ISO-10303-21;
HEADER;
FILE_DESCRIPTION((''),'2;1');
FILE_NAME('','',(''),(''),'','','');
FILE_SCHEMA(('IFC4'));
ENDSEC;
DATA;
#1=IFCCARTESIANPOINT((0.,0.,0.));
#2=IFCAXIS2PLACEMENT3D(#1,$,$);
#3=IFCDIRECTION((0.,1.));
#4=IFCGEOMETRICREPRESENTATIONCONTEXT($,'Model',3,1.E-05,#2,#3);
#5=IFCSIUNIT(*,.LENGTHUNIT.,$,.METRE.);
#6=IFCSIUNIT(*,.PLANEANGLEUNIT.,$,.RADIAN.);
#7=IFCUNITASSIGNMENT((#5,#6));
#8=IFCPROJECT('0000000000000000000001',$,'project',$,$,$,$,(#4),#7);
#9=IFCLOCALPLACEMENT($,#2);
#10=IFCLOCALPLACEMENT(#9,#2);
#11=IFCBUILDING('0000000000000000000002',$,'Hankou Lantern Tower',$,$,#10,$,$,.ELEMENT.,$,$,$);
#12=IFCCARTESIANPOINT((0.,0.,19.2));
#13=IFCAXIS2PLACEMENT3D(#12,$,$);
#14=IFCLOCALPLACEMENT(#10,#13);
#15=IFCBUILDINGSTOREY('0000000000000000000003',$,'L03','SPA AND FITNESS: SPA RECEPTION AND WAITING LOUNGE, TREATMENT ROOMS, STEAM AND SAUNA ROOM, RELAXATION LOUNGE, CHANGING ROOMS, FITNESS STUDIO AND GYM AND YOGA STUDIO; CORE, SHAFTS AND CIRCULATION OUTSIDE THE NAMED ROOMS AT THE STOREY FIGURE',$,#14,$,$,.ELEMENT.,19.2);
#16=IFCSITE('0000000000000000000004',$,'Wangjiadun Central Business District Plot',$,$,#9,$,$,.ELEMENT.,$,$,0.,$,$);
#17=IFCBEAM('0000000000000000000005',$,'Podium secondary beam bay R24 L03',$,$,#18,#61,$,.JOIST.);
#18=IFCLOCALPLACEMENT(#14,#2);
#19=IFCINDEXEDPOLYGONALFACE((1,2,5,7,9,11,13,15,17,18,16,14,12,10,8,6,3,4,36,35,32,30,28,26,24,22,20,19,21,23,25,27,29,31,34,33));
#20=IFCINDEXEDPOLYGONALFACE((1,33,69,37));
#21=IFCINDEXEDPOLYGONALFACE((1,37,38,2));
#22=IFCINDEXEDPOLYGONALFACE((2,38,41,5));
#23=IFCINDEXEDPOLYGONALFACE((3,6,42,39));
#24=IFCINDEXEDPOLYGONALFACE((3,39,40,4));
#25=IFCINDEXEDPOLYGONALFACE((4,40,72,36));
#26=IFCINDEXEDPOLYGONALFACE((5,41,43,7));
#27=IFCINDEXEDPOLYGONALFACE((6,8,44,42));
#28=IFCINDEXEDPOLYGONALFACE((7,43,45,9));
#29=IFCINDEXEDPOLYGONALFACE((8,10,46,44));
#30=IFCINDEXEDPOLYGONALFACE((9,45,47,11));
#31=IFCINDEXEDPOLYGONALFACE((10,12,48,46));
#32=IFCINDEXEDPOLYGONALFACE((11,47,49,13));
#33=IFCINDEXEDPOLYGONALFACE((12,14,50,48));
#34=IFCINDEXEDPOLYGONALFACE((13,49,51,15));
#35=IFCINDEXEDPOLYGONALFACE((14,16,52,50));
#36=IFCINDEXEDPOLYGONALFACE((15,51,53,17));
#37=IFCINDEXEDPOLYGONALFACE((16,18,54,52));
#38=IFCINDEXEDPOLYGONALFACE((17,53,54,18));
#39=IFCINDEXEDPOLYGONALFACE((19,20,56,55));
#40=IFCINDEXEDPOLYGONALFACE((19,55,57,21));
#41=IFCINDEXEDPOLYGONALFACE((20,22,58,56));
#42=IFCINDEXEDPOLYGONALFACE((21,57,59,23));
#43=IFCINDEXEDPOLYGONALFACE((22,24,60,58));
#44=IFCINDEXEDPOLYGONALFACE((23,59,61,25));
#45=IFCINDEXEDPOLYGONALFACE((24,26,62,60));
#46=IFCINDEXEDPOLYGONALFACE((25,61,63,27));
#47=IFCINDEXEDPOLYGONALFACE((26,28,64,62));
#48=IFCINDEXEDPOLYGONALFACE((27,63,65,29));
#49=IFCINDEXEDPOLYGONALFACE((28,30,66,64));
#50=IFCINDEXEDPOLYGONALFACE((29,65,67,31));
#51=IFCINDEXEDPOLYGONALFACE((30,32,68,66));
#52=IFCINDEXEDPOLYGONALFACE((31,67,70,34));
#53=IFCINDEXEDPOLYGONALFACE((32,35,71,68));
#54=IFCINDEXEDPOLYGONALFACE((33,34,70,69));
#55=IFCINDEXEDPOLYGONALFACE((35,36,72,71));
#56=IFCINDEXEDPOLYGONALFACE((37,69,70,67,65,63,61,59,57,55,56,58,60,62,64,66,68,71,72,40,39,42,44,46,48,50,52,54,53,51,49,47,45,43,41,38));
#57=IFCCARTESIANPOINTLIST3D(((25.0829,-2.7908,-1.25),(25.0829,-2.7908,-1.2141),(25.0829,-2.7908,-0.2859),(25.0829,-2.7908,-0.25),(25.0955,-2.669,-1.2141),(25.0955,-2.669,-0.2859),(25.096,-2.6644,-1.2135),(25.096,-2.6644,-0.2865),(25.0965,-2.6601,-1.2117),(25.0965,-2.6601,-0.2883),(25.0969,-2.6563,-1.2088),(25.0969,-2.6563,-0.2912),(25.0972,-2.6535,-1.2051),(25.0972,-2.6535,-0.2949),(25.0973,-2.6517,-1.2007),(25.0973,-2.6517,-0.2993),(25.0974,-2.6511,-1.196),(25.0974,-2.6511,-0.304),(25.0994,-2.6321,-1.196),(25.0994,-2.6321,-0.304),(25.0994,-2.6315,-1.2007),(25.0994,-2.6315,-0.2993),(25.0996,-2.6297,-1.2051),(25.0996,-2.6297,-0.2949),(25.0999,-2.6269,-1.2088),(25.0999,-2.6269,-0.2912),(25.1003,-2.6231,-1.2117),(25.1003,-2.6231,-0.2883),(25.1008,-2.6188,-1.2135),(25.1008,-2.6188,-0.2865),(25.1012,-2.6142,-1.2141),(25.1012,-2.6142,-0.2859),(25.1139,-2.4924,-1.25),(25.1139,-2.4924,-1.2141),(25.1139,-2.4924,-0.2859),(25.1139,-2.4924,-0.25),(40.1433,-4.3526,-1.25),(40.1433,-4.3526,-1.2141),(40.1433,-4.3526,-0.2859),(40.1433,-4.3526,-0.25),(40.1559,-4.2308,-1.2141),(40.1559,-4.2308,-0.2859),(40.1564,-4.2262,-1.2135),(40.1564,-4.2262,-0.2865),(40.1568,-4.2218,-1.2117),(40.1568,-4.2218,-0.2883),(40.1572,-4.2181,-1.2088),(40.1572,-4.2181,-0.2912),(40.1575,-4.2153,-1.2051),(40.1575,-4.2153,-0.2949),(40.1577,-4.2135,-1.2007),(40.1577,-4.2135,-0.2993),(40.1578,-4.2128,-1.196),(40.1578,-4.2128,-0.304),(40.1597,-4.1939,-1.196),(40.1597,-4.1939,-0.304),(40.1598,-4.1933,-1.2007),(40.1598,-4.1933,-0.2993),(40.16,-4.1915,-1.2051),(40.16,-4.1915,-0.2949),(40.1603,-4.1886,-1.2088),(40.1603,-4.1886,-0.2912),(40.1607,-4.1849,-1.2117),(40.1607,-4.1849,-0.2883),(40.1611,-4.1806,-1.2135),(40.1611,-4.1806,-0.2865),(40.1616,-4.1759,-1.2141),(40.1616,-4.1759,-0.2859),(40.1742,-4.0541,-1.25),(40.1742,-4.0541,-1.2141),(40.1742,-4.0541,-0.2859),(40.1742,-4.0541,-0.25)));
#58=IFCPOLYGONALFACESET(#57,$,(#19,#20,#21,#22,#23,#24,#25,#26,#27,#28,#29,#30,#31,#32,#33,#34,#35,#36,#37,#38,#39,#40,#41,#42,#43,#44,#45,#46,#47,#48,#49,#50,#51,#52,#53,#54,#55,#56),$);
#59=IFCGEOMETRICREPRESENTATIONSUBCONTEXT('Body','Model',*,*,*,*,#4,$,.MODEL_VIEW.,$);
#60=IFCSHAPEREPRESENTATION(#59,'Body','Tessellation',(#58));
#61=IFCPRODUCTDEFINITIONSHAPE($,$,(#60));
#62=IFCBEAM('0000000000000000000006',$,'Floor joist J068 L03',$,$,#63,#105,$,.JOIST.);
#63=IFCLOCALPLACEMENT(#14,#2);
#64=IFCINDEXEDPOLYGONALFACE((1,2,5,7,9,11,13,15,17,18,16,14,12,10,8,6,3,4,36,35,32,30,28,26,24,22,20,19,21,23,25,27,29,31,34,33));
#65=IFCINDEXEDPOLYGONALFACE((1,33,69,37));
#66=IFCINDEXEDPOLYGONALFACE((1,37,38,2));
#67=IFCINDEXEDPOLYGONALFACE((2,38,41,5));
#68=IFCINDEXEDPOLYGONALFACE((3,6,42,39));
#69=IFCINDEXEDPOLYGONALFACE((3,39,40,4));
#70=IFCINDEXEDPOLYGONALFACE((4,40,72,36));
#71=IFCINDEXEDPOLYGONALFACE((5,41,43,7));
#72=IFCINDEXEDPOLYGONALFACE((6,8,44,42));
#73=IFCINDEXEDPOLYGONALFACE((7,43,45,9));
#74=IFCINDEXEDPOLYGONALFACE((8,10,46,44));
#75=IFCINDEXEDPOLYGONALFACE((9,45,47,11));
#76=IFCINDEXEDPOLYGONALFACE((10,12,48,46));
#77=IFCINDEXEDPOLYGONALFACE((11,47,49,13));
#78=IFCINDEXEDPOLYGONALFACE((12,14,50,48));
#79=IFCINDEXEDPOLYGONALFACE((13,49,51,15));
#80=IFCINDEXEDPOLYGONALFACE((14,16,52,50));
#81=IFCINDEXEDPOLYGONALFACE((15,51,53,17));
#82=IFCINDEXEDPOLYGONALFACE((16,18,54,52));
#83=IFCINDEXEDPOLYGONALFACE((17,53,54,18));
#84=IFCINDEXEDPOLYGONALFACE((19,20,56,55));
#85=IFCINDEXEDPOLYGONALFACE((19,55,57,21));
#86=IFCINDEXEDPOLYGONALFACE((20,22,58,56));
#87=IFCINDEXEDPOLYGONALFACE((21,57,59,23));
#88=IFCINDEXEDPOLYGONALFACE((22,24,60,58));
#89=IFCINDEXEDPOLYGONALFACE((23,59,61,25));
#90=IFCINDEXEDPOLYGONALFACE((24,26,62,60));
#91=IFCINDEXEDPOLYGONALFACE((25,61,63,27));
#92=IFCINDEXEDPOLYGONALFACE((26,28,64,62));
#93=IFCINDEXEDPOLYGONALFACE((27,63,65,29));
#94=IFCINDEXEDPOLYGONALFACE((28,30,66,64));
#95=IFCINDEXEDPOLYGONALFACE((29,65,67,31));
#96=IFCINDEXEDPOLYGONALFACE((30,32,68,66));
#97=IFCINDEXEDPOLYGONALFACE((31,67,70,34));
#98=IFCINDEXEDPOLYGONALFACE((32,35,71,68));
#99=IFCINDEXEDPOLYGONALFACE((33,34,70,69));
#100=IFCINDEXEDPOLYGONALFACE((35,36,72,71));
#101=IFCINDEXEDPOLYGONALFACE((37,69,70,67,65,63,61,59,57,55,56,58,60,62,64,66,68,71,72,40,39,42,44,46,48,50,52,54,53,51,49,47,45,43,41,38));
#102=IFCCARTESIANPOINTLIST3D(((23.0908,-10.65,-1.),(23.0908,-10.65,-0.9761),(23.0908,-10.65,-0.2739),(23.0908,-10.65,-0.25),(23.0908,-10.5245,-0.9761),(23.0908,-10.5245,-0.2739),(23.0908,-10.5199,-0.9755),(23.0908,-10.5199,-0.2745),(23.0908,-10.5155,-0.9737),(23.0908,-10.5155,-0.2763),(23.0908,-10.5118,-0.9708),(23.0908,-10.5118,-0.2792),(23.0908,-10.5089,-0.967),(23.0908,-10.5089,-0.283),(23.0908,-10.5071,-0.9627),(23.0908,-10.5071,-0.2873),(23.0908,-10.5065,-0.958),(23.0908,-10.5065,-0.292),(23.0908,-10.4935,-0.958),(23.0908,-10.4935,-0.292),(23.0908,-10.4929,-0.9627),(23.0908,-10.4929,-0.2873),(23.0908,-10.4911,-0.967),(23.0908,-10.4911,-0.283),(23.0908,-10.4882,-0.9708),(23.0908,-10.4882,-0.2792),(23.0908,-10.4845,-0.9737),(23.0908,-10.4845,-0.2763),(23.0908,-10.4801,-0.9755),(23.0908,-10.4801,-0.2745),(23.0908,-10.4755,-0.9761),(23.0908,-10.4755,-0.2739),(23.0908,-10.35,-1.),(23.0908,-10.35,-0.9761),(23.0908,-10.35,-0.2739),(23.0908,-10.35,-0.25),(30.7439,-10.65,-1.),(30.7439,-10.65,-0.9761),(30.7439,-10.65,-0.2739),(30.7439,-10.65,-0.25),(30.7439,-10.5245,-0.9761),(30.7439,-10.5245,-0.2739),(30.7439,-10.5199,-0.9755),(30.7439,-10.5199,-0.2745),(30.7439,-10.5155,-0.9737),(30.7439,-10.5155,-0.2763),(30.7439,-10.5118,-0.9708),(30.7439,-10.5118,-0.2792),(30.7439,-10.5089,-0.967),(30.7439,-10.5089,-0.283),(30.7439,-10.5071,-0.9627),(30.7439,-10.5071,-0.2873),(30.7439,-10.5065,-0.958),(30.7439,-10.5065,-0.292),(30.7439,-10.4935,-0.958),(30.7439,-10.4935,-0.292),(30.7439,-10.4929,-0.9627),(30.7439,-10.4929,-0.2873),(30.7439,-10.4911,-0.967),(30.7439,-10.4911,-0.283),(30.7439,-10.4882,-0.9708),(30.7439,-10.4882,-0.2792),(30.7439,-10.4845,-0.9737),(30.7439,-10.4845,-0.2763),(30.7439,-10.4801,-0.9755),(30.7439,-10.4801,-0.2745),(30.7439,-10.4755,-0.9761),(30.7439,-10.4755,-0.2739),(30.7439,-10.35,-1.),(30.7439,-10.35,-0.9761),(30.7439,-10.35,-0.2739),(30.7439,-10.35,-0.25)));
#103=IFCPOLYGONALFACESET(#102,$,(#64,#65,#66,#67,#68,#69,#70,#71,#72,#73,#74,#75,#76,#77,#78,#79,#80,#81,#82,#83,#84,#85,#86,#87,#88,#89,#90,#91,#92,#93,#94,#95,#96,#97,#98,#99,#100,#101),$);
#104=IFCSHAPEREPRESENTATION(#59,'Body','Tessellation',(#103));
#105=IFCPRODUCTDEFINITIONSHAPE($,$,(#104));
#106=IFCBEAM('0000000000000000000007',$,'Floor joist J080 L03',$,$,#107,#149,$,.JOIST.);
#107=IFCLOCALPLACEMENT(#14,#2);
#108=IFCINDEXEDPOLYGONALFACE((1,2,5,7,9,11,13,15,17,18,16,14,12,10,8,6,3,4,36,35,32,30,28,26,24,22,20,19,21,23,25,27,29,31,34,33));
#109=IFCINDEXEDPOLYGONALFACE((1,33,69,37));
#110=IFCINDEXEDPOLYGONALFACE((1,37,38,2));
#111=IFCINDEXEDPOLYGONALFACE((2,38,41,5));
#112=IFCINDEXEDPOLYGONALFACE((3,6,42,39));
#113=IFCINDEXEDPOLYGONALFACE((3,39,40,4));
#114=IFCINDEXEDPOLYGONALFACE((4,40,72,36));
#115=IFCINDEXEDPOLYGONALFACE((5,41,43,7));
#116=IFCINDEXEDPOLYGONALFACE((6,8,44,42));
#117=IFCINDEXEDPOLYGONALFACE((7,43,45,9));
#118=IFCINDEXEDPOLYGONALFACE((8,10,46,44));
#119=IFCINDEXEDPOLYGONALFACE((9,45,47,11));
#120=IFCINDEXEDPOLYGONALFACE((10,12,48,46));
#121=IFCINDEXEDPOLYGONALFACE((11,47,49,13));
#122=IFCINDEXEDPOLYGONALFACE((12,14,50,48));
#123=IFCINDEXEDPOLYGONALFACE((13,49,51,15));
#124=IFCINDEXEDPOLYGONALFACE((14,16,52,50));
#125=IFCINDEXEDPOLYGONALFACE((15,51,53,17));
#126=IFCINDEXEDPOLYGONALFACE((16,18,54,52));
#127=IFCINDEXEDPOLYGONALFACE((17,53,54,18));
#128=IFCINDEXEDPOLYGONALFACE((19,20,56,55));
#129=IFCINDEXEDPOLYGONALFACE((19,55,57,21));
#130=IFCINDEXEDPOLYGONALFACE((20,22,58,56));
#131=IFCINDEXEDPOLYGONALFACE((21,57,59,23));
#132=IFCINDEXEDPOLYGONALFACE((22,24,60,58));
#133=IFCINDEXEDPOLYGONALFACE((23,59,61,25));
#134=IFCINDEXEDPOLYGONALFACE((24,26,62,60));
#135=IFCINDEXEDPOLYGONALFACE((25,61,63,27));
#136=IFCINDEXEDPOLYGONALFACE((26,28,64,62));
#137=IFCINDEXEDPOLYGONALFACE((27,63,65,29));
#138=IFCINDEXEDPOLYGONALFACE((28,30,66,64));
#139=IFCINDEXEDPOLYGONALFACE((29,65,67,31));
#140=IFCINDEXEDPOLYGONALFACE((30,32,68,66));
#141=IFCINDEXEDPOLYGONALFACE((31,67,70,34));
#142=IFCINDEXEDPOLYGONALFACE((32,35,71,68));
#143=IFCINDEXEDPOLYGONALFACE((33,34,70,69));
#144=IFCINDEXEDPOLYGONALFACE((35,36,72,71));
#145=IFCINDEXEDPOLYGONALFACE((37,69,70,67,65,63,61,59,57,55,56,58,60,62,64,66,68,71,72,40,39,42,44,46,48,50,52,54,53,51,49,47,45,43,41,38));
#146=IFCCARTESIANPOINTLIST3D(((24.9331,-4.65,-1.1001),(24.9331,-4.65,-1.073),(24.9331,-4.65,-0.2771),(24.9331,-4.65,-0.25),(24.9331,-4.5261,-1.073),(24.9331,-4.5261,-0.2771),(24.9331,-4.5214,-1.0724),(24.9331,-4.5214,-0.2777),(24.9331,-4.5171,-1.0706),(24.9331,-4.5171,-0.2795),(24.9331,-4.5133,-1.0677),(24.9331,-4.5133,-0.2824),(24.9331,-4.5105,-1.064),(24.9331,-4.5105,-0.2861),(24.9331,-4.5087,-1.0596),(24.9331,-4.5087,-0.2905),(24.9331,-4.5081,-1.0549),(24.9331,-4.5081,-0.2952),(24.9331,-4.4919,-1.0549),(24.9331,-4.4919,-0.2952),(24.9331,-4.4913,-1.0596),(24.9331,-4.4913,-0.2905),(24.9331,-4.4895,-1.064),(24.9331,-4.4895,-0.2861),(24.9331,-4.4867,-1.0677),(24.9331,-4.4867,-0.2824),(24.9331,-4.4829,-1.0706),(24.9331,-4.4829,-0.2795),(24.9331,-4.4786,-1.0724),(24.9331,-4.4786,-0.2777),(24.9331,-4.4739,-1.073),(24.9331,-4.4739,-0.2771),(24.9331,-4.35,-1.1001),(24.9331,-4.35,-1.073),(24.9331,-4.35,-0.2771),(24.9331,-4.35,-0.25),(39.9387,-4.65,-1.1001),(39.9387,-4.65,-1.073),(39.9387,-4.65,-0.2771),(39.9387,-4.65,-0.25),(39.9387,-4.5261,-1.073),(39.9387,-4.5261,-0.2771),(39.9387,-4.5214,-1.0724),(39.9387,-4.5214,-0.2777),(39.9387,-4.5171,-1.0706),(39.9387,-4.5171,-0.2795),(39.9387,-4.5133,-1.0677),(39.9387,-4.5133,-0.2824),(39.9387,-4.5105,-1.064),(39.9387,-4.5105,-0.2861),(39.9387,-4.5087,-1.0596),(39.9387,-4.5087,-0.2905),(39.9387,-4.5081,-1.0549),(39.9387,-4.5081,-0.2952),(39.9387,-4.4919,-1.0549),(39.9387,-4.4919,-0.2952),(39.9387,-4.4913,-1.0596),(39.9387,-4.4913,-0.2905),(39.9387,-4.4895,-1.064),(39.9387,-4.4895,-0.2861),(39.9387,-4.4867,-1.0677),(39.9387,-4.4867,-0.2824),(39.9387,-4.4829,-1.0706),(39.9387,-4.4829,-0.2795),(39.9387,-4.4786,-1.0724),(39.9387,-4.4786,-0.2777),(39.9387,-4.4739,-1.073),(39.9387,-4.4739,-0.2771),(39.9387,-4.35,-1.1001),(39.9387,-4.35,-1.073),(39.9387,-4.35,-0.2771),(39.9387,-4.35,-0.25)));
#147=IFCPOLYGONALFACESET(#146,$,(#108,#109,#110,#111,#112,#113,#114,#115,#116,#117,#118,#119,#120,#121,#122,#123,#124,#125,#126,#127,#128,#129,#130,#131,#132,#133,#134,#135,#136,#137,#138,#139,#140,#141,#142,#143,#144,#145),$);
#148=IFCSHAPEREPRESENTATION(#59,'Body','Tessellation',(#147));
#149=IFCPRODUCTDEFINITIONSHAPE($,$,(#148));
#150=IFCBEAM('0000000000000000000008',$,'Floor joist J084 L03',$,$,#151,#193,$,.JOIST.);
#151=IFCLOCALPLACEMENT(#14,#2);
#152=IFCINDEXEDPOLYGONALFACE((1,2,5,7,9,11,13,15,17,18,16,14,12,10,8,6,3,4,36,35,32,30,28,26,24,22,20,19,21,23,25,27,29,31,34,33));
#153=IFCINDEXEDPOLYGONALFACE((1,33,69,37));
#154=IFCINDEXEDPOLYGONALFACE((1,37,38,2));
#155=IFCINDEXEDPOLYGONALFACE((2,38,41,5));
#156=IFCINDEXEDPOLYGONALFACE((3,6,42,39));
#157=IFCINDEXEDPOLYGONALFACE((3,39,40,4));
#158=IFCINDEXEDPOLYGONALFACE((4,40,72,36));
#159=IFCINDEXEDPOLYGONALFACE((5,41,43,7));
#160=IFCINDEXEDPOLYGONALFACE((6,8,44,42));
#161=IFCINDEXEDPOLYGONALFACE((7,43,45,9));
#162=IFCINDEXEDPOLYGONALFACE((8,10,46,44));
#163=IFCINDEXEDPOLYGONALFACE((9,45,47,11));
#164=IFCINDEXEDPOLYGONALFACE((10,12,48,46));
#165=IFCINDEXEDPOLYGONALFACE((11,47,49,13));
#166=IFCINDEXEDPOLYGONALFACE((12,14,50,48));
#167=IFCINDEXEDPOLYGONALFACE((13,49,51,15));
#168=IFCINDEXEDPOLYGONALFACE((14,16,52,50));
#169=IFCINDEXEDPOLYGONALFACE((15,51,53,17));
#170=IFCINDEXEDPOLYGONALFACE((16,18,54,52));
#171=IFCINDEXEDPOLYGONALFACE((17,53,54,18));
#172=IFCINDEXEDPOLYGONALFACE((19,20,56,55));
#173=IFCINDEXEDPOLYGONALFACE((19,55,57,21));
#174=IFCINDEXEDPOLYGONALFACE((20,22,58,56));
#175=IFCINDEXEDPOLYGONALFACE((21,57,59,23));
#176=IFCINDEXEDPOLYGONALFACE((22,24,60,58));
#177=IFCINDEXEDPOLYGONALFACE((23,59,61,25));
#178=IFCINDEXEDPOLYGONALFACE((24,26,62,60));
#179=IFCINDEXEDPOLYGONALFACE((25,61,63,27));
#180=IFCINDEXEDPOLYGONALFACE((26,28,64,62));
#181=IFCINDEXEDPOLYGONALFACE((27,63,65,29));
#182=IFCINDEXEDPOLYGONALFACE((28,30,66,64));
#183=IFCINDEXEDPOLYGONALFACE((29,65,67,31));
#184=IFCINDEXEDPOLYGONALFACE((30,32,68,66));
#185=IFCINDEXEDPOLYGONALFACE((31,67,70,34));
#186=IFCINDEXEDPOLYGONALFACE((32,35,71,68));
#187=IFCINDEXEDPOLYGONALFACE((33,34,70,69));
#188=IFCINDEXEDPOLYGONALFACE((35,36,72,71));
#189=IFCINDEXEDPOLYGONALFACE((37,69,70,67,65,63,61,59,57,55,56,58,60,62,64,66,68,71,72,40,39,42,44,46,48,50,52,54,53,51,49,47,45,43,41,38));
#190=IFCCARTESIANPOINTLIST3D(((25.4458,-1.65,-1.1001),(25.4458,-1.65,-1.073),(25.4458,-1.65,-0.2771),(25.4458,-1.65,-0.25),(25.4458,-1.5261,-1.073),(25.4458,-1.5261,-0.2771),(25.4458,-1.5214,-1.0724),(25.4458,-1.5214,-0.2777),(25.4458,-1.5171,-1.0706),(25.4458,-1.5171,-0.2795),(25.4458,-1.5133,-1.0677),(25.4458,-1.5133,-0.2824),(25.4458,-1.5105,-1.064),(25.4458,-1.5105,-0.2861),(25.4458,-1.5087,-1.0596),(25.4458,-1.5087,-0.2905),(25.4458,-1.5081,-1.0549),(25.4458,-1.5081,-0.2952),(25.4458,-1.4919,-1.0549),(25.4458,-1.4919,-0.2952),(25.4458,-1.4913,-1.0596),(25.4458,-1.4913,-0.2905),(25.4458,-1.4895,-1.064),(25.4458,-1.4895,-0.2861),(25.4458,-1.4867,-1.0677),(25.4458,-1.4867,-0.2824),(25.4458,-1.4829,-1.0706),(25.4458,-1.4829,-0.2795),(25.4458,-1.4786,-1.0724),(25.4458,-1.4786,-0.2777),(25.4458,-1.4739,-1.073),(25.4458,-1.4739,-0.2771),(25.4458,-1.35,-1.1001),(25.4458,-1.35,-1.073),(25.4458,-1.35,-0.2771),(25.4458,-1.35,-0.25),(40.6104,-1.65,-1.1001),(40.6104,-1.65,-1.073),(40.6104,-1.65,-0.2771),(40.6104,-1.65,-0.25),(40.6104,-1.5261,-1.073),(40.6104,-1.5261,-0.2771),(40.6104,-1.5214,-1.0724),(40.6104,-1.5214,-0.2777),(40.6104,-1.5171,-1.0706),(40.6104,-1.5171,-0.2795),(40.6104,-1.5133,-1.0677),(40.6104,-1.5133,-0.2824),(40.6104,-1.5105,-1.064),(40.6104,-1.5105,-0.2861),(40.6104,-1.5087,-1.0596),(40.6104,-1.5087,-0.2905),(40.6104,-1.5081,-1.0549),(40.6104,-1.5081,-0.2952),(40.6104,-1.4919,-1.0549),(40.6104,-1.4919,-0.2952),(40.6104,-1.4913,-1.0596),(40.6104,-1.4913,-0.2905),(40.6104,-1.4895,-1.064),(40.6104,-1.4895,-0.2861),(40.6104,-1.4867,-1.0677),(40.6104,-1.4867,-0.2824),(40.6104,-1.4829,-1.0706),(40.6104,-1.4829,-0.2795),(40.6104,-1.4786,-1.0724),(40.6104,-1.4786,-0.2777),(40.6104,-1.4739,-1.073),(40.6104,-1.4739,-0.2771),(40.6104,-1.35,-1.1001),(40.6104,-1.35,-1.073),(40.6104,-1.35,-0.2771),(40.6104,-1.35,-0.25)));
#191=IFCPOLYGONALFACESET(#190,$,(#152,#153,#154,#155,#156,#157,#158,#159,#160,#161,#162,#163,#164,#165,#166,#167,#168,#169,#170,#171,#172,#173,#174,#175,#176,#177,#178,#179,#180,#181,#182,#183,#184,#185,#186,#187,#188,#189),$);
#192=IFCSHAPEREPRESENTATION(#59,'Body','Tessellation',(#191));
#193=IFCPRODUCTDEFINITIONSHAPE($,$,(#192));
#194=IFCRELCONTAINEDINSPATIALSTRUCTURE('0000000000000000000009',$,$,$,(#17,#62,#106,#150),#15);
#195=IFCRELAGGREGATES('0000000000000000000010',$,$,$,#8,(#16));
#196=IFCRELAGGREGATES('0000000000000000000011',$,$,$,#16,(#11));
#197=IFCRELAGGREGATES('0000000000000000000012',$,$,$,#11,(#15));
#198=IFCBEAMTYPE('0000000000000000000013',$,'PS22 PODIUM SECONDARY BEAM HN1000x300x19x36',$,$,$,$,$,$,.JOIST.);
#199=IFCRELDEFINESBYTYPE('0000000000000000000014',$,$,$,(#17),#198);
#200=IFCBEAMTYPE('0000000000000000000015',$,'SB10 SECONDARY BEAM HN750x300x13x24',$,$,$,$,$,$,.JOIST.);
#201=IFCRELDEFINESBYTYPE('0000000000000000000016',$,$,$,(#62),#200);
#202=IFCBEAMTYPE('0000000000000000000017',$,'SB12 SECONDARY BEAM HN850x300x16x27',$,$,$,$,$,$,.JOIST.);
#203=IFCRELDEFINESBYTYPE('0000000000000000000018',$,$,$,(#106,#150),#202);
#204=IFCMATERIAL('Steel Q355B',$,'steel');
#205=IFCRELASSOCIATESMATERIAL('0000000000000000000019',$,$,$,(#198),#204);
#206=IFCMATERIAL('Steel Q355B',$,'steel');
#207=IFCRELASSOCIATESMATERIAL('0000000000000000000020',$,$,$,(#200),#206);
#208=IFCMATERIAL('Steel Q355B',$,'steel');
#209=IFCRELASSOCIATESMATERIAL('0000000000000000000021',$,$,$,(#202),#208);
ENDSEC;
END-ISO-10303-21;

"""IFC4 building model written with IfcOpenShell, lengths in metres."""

from ifc_helpers import new_model, si_unit, direction, frame, origin, origin_2d, place, context, subcontext, project, spatial, i_section, extrude, material, material_profile, profile_set, type_object, element, save


model = new_model("IFC4")

# Units and contexts
model_context = context("Model", 3, precision=1e-05, world=origin(), true_north=direction((0.0, 1.0)))
body_context = subcontext(model_context, "Body", "Model", "MODEL_VIEW")
ifc_project = project(units=[si_unit("LENGTHUNIT", "METRE"), si_unit("PLANEANGLEUNIT", "RADIAN")], contexts=[model_context])

# Site, building, storey
site_placement = place(None, origin())
site = spatial("IfcSite", under=ifc_project, at=site_placement, Name="Wangjiadun Central Business District Plot", CompositionType="ELEMENT", RefElevation=0.0)
building_placement = place(site_placement, origin())
building = spatial("IfcBuilding", under=site, at=building_placement, Name="Hankou Lantern Tower", CompositionType="ELEMENT")
storey_placement = place(building_placement, frame((0.0, 0.0, 19.2)))
storey = spatial("IfcBuildingStorey", under=building, at=storey_placement, Name="L03", Description="SPA AND FITNESS: SPA RECEPTION AND WAITING LOUNGE, TREATMENT ROOMS, STEAM AND SAUNA ROOM, RELAXATION LOUNGE, CHANGING ROOMS, FITNESS STUDIO AND GYM AND YOGA STUDIO; CORE, SHAFTS AND CIRCULATION OUTSIDE THE NAMED ROOMS AT THE STOREY FIGURE", CompositionType="ELEMENT", Elevation=19.2)

# Beams
ifc_material_1 = material(Name="Steel Q355B", Category="steel")
ifc_material_profile_1 = material_profile(ifc_material_1, i_section(OverallWidth=0.3, OverallDepth=1.0, WebThickness=0.019, FlangeThickness=0.0359, FilletRadius=0.0181, at=origin_2d()), Name="HN1000x300x19x36")
ifc_profile_set_1 = profile_set([ifc_material_profile_1], Name="Steel Q355B")
beam_type_1 = type_object("IfcBeamType", Name="PS22 PODIUM SECONDARY BEAM HN1000x300x19x36", PredefinedType="JOIST", material=ifc_profile_set_1)
beam_1_placement = place(storey_placement, frame((25.0984, -2.6416, -0.75), z_axis=(0.994666, -0.103148, 0.0), x_axis=(0.103148, 0.994666, 0.0)))
element("IfcBeam", 1, at=beam_1_placement, inside=storey, type_object=beam_type_1, Name="Podium secondary beam bay R24 L03", PredefinedType="JOIST", context=body_context, shape_type="SweptSolid", body=[
    extrude(i_section(OverallWidth=0.3, OverallDepth=1.0, WebThickness=0.019, FlangeThickness=0.0359, FilletRadius=0.0181, at=origin_2d()), origin(), (0.0, 0.0, 1.0), 15.1411),
])
ifc_material_2 = material(Name="Steel Q355B", Category="steel")
ifc_material_profile_2 = material_profile(ifc_material_2, i_section(OverallWidth=0.3, OverallDepth=0.75, WebThickness=0.0129, FlangeThickness=0.0239, FilletRadius=0.0181, at=origin_2d()), Name="HN750x300x13x24")
ifc_profile_set_2 = profile_set([ifc_material_profile_2], Name="Steel Q355B")
beam_type_2 = type_object("IfcBeamType", Name="SB10 SECONDARY BEAM HN750x300x13x24", PredefinedType="JOIST", material=ifc_profile_set_2)
beam_2_placement = place(storey_placement, frame((23.0908, -10.5, -0.625), z_axis=(1.0, 0.0, 0.0), x_axis=(0.0, 1.0, 0.0)))
element("IfcBeam", 2, at=beam_2_placement, inside=storey, type_object=beam_type_2, Name="Floor joist J068 L03", PredefinedType="JOIST", context=body_context, shape_type="SweptSolid", body=[
    extrude(i_section(OverallWidth=0.3, OverallDepth=0.75, WebThickness=0.0129, FlangeThickness=0.0239, FilletRadius=0.0181, at=origin_2d()), origin(), (0.0, 0.0, 1.0), 7.6531),
])
ifc_material_3 = material(Name="Steel Q355B", Category="steel")
ifc_material_profile_3 = material_profile(ifc_material_3, i_section(OverallWidth=0.3, OverallDepth=0.8501, WebThickness=0.0161, FlangeThickness=0.0271, FilletRadius=0.0181, at=origin_2d()), Name="HN850x300x16x27")
ifc_profile_set_3 = profile_set([ifc_material_profile_3], Name="Steel Q355B")
beam_type_3 = type_object("IfcBeamType", Name="SB12 SECONDARY BEAM HN850x300x16x27", PredefinedType="JOIST", material=ifc_profile_set_3)
beam_3_placement = place(storey_placement, frame((24.9331, -4.5, -0.675), z_axis=(1.0, 0.0, 0.0), x_axis=(0.0, 1.0, 0.0)))
element("IfcBeam", 3, at=beam_3_placement, inside=storey, type_object=beam_type_3, Name="Floor joist J080 L03", PredefinedType="JOIST", context=body_context, shape_type="SweptSolid", body=[
    extrude(i_section(OverallWidth=0.3, OverallDepth=0.8501, WebThickness=0.0161, FlangeThickness=0.0271, FilletRadius=0.0181, at=origin_2d()), origin(), (0.0, 0.0, 1.0), 15.0056),
])
beam_4_placement = place(storey_placement, frame((25.4458, -1.5, -0.675), z_axis=(1.0, 0.0, 0.0), x_axis=(0.0, 1.0, 0.0)))
element("IfcBeam", 4, at=beam_4_placement, inside=storey, type_object=beam_type_3, Name="Floor joist J084 L03", PredefinedType="JOIST", context=body_context, shape_type="SweptSolid", body=[
    extrude(i_section(OverallWidth=0.3, OverallDepth=0.8501, WebThickness=0.0161, FlangeThickness=0.0271, FilletRadius=0.0181, at=origin_2d()), origin(), (0.0, 0.0, 1.0), 15.1646),
])

save(model, "model.ifc")
